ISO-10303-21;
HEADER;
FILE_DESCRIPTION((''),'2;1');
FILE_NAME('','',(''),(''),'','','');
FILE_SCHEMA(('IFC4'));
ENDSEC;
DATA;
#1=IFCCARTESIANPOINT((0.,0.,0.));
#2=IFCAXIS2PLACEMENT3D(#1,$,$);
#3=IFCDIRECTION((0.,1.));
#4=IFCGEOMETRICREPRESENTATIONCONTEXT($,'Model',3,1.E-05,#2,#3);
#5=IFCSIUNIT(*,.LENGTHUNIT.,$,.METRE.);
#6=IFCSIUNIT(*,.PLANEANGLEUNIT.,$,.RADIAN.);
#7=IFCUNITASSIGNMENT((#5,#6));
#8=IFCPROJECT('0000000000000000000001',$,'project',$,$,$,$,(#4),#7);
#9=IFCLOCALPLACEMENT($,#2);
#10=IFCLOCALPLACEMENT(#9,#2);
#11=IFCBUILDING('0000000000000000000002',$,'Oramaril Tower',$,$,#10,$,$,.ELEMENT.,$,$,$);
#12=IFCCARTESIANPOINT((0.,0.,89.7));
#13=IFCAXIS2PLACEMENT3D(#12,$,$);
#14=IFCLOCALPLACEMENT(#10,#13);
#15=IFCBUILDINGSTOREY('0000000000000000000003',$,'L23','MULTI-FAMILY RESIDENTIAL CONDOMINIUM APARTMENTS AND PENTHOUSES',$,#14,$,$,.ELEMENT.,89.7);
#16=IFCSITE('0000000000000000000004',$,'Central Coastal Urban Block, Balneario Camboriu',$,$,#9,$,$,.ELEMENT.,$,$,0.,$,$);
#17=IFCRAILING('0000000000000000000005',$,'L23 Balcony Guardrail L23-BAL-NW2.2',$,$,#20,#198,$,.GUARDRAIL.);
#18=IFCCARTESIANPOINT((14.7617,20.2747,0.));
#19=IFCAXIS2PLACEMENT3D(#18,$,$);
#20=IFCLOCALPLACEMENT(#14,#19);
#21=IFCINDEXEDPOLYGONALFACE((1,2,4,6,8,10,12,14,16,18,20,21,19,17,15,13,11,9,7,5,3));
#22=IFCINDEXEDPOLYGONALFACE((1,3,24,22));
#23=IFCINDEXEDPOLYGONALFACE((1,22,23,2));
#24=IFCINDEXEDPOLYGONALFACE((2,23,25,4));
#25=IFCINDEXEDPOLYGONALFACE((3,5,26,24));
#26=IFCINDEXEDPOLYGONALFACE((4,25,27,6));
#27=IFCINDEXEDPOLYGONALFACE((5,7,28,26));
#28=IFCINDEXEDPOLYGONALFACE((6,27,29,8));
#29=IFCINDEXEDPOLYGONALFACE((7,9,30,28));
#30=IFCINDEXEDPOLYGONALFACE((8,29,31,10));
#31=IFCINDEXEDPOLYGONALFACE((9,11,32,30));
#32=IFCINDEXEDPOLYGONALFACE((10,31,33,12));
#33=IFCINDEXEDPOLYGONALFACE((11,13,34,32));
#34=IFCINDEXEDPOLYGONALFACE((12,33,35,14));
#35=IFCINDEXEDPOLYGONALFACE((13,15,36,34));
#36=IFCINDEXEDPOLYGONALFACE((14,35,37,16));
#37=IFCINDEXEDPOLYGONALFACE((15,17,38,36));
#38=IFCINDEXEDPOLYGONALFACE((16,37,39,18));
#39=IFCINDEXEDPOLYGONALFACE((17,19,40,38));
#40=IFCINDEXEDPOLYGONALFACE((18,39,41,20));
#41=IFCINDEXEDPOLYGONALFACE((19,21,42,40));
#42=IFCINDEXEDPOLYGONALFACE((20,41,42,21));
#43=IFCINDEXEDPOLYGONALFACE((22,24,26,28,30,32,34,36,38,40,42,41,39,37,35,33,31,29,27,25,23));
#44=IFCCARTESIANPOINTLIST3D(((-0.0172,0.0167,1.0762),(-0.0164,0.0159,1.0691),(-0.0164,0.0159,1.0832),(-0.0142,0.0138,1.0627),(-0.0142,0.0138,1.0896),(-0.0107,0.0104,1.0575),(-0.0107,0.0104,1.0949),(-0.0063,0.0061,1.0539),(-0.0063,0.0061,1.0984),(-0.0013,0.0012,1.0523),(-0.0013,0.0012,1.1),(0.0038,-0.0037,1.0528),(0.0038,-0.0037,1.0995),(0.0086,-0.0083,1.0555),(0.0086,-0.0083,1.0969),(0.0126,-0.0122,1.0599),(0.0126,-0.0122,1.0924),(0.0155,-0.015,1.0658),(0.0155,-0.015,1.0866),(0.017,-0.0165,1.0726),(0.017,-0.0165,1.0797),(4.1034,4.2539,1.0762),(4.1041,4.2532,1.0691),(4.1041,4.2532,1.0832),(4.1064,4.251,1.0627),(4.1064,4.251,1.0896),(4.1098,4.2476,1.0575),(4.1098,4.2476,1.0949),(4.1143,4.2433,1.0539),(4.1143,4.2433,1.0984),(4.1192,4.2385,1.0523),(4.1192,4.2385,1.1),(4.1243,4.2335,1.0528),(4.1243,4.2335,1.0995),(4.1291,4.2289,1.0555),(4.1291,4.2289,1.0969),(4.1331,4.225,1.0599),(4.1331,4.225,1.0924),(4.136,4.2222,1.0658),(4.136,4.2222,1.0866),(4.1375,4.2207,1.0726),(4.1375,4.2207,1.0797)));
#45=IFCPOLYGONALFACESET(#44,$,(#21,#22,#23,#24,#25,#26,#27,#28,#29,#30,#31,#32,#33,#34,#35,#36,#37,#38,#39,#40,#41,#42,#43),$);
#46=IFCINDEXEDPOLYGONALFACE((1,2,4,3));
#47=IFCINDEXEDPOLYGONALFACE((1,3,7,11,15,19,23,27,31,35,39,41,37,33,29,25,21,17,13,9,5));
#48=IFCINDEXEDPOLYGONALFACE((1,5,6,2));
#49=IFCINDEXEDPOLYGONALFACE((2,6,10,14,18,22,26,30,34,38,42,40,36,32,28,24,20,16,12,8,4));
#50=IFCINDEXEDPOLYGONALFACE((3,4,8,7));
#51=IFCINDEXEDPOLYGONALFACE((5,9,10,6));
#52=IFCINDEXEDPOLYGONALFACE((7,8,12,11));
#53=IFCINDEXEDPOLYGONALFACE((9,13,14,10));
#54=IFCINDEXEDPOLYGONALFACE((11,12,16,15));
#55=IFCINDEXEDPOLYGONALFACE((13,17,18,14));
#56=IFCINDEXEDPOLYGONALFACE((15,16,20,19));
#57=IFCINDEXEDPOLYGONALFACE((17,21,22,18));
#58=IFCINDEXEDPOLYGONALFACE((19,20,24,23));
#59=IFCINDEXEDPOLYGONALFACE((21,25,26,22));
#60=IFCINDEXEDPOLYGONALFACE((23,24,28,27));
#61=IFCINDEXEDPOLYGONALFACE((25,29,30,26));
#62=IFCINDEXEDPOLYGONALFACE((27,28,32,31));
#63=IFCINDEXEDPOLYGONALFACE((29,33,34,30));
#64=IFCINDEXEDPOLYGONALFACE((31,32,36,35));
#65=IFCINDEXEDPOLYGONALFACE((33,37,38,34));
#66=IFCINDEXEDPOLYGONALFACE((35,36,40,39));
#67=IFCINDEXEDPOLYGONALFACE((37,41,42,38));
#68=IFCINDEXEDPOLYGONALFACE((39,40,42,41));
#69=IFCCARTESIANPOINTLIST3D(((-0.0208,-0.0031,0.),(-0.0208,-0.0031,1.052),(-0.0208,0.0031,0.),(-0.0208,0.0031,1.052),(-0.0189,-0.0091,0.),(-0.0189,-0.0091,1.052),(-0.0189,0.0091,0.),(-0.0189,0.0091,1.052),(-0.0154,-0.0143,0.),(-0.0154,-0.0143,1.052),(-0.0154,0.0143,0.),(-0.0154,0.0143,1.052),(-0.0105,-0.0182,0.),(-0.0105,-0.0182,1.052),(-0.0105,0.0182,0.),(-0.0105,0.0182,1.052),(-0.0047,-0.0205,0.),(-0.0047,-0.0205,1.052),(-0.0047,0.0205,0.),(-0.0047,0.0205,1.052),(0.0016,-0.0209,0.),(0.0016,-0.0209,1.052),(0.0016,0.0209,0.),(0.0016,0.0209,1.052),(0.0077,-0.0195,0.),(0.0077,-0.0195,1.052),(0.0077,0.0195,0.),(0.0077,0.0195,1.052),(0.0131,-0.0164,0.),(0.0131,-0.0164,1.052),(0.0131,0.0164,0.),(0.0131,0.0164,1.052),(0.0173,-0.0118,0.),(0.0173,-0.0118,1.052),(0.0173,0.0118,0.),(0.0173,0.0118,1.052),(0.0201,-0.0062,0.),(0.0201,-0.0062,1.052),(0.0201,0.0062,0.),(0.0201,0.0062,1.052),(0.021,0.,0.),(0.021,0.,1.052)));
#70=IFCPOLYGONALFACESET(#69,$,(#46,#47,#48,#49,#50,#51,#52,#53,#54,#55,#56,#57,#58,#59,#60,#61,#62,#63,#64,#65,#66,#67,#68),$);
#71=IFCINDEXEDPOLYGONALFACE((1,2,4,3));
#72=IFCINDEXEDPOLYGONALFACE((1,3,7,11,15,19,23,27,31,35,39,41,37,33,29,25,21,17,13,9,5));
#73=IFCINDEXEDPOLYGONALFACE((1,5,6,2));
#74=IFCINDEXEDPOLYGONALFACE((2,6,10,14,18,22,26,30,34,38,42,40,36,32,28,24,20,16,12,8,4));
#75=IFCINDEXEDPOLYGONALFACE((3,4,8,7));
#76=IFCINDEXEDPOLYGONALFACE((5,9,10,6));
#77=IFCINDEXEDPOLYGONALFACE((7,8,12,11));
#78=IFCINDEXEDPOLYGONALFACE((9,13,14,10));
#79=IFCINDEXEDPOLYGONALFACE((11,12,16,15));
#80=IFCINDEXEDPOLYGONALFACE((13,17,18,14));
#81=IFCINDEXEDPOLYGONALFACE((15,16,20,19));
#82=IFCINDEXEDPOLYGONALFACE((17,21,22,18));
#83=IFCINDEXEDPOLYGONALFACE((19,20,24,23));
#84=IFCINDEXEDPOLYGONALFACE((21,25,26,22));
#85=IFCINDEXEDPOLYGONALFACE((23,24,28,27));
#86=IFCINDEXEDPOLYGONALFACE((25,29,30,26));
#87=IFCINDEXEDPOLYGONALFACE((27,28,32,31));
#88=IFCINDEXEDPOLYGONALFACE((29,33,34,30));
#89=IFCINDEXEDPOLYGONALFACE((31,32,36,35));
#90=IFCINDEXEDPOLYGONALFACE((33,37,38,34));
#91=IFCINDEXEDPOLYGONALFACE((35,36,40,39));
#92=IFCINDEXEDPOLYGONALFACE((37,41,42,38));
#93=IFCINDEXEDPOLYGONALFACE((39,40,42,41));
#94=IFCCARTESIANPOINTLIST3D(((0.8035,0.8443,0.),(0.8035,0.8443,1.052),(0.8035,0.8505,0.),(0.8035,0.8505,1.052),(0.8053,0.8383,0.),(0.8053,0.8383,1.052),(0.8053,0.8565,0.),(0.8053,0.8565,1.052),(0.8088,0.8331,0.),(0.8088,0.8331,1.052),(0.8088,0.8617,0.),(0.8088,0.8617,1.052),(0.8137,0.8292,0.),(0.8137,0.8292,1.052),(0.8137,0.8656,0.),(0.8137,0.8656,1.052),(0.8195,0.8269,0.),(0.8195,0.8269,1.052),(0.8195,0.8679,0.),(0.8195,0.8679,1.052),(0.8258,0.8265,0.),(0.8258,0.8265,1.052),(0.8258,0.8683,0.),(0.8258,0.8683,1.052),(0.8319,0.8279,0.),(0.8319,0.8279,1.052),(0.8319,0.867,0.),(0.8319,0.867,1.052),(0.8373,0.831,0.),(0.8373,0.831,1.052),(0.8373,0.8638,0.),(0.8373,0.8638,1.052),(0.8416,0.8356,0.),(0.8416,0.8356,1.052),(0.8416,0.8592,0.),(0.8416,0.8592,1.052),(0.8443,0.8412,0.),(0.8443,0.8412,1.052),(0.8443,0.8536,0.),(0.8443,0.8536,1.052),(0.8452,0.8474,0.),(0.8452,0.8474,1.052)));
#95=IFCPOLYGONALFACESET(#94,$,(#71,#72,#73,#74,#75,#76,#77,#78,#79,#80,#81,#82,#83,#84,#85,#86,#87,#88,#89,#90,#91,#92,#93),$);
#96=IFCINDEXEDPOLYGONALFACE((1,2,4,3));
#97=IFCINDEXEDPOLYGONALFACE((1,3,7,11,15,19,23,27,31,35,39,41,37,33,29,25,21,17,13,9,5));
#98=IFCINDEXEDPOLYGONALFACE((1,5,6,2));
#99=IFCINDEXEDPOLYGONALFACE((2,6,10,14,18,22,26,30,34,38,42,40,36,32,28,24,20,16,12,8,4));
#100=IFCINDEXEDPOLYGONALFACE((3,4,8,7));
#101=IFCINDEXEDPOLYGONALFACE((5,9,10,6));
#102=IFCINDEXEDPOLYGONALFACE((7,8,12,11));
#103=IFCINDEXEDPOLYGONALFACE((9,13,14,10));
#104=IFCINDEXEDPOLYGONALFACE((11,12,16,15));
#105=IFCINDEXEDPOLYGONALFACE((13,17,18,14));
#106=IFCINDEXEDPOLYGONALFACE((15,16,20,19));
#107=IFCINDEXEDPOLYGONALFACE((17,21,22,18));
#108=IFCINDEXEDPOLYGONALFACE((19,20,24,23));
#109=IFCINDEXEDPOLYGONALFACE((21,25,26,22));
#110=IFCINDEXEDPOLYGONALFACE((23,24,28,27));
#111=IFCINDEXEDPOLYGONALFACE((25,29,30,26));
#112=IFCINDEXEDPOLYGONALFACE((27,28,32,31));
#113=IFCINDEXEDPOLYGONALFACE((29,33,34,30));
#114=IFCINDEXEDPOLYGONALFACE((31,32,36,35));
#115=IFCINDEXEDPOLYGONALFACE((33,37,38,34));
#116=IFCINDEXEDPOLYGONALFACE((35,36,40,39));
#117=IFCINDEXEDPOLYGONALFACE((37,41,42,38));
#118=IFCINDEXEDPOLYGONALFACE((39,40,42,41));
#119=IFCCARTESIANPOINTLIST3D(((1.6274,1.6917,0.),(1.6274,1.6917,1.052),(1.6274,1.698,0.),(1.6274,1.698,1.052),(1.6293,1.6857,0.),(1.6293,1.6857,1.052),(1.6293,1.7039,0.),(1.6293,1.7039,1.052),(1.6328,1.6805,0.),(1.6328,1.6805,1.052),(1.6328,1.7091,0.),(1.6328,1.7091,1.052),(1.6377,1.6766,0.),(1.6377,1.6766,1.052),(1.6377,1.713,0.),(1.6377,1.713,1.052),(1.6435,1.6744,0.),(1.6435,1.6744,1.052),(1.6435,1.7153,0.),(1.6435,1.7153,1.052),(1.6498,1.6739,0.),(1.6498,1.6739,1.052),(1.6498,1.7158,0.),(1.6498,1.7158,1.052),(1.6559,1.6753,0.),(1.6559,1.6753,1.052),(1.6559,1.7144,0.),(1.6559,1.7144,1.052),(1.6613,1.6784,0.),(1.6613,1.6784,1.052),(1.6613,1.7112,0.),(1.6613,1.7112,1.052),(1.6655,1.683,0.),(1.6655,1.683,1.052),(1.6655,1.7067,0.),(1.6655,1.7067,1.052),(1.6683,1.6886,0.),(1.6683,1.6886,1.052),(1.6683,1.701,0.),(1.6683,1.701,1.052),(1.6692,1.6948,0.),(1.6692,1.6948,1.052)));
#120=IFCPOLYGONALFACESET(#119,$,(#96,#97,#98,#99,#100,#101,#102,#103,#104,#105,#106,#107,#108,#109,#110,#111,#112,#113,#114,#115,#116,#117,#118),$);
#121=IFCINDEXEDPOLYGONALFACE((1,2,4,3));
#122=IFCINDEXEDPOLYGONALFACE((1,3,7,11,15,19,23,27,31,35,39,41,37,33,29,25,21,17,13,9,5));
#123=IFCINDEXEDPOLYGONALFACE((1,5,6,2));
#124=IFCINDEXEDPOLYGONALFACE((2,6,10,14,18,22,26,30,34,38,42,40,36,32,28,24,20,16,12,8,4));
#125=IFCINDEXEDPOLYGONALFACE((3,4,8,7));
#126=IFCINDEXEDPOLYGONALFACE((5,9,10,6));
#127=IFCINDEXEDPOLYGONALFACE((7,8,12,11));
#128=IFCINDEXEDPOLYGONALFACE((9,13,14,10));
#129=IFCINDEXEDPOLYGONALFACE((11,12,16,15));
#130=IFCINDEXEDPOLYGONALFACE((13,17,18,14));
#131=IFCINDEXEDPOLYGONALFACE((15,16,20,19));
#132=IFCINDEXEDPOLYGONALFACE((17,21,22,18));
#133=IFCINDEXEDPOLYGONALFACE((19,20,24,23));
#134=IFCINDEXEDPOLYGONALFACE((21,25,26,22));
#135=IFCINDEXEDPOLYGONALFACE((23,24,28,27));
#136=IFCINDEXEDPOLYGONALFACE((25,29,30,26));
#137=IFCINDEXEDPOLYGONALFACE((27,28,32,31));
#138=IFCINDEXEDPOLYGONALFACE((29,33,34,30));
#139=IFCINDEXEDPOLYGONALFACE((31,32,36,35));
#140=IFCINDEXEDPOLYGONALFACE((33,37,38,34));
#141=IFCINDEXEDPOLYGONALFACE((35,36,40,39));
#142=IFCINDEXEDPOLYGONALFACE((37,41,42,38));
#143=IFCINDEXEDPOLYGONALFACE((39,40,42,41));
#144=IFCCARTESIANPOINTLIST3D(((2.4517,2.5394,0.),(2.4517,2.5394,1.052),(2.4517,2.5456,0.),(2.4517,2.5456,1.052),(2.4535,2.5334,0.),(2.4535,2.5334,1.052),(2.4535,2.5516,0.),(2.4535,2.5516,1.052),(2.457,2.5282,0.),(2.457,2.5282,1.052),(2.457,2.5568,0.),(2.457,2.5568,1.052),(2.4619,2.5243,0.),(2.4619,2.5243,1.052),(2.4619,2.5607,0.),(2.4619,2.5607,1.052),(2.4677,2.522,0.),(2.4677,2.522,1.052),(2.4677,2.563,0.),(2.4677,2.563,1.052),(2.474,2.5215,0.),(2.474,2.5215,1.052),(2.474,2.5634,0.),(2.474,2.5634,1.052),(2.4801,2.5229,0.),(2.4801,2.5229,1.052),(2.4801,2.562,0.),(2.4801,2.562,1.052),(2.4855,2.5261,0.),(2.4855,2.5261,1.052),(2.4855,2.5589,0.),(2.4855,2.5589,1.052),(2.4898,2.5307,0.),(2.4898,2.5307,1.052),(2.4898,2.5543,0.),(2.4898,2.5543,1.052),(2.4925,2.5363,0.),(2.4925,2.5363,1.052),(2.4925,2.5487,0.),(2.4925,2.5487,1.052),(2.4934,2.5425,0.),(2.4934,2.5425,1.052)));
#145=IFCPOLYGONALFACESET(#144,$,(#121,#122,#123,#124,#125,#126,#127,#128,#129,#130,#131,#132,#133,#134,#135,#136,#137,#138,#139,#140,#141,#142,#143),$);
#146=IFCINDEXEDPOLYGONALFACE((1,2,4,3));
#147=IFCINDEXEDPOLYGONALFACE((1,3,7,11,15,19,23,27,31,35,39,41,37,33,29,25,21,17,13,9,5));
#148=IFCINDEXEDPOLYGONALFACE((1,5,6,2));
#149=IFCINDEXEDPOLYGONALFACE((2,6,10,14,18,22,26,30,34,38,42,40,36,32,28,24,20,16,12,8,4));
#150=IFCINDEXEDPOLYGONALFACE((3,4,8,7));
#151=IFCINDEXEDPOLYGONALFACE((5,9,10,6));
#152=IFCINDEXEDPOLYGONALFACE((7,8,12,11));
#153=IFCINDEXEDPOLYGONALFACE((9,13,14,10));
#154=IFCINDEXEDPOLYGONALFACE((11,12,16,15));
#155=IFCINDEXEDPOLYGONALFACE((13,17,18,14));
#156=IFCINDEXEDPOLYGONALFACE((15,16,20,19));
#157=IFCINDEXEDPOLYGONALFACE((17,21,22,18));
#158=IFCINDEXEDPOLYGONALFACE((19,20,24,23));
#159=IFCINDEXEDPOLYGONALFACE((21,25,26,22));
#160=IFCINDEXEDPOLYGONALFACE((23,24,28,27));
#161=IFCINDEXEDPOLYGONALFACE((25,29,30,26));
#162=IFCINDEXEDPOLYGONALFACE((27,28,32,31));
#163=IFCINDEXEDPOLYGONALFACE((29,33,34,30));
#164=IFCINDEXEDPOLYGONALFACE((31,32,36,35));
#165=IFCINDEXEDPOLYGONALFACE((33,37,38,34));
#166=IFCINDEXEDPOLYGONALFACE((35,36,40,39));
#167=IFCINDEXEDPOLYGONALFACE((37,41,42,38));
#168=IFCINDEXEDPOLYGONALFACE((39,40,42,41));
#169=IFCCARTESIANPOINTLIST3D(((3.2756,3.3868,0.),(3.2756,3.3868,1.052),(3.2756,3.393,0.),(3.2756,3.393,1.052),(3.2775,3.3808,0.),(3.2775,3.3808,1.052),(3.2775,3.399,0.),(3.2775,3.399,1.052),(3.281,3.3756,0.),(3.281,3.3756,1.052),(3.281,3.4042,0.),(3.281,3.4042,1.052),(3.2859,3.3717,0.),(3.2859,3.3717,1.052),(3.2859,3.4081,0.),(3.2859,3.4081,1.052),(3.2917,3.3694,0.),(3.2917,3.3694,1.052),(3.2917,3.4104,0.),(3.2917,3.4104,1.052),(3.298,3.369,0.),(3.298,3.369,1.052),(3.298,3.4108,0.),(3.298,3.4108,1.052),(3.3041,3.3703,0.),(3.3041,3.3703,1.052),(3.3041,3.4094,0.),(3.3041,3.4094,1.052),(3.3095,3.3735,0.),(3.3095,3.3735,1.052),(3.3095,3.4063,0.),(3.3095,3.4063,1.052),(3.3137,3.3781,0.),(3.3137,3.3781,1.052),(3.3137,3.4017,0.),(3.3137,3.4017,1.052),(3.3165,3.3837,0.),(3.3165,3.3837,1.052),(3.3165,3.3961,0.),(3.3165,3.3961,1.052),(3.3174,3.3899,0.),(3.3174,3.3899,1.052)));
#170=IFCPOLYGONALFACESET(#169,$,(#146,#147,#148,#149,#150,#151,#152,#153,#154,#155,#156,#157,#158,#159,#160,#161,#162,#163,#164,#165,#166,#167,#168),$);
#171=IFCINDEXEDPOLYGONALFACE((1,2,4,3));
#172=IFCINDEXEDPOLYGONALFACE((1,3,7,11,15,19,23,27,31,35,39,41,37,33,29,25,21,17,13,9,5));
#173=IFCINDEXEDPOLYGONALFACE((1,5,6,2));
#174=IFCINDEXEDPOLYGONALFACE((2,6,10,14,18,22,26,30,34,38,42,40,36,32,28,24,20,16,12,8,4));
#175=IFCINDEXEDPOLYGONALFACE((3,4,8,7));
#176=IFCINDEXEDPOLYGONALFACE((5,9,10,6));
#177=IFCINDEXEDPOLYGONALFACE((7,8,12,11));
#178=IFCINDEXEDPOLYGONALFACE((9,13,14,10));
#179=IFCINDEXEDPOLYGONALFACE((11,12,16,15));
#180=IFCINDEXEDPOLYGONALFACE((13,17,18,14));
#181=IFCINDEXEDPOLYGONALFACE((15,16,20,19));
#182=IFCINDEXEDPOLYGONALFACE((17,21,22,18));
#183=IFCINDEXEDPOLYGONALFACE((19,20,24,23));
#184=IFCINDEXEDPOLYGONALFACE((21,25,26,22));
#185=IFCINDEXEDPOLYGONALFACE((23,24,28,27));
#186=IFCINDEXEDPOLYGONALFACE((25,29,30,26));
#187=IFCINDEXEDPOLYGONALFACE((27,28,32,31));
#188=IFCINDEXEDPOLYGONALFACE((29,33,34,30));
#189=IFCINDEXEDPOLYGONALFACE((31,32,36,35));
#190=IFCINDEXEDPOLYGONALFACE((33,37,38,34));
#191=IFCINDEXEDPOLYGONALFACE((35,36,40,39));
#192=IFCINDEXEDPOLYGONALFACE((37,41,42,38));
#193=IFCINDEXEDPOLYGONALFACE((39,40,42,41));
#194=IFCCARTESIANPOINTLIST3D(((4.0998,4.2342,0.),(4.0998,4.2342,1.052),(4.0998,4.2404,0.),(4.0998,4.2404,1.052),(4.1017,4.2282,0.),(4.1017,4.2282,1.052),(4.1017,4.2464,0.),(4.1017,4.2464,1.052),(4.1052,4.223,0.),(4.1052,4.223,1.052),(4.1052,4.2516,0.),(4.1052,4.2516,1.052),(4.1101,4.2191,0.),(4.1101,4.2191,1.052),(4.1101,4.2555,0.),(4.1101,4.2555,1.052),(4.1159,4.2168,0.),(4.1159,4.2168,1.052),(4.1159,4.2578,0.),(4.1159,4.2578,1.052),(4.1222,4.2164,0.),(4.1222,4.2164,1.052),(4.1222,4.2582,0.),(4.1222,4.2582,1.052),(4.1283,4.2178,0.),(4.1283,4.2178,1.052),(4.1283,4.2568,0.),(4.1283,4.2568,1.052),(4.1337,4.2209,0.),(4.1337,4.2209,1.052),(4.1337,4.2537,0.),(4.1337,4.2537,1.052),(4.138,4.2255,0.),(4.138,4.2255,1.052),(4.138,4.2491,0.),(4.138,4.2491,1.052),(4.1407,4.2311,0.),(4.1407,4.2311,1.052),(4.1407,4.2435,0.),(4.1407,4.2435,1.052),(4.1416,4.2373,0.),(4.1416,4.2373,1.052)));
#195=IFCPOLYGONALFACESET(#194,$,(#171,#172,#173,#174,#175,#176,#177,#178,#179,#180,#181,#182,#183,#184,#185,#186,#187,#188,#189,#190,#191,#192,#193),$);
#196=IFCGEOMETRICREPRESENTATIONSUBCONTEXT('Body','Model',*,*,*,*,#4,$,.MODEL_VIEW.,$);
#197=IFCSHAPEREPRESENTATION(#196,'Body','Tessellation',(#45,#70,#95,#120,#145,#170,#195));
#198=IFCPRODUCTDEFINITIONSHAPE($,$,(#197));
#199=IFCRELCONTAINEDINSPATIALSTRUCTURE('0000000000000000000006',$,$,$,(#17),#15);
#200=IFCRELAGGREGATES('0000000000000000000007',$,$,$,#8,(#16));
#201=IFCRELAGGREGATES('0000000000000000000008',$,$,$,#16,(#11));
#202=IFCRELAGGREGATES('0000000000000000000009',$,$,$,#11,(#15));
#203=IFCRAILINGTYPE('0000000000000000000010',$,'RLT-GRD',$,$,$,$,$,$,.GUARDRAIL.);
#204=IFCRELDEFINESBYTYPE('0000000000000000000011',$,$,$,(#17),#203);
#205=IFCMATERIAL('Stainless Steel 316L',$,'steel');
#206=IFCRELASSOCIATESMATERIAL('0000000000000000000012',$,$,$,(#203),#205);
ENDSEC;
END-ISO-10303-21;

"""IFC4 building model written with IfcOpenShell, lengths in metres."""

from ifc_helpers import new_model, si_unit, direction, frame, origin, origin_2d, place, context, subcontext, project, spatial, circle, extrude, material, type_object, element, save


model = new_model("IFC4")

# Units and contexts
model_context = context("Model", 3, precision=1e-05, world=origin(), true_north=direction((0.0, 1.0)))
body_context = subcontext(model_context, "Body", "Model", "MODEL_VIEW")
ifc_project = project(units=[si_unit("LENGTHUNIT", "METRE"), si_unit("PLANEANGLEUNIT", "RADIAN")], contexts=[model_context])

# Site, building, storey
site_placement = place(None, origin())
site = spatial("IfcSite", under=ifc_project, at=site_placement, Name="Central Coastal Urban Block, Balneario Camboriu", CompositionType="ELEMENT", RefElevation=0.0)
building_placement = place(site_placement, origin())
building = spatial("IfcBuilding", under=site, at=building_placement, Name="Oramaril Tower", CompositionType="ELEMENT")
storey_placement = place(building_placement, frame((0.0, 0.0, 89.7)))
storey = spatial("IfcBuildingStorey", under=building, at=storey_placement, Name="L23", Description="MULTI-FAMILY RESIDENTIAL CONDOMINIUM APARTMENTS AND PENTHOUSES", CompositionType="ELEMENT", Elevation=89.7)

# Railing
ifc_material_1 = material(Name="Stainless Steel 316L", Category="steel")
railing_type = type_object("IfcRailingType", Name="RLT-GRD", PredefinedType="GUARDRAIL", material=ifc_material_1)
railing_1_placement = place(storey_placement, frame((14.7617, 20.2747, 0.0)))
element("IfcRailing", 1, at=railing_1_placement, inside=storey, type_object=railing_type, Name="L23 Balcony Guardrail L23-BAL-NW2.2", PredefinedType="GUARDRAIL", context=body_context, shape_type="SweptSolid", body=[
    extrude(circle(Radius=0.0239, at=origin_2d()), frame((0.0, 0.0, 1.0762), z_axis=(0.697166, 0.71691, 0.0), x_axis=(-0.71691, 0.697166, 0.0)), (0.0, 0.0, 1.0), 5.9104),
    extrude(circle(Radius=0.021, at=origin_2d()), origin(), (0.0, 0.0, 1.0), 1.052),
    extrude(circle(Radius=0.021, at=origin_2d()), frame((0.8242, 0.8474, 0.0)), (0.0, 0.0, 1.0), 1.052),
    extrude(circle(Radius=0.021, at=origin_2d()), frame((1.6482, 1.6948, 0.0)), (0.0, 0.0, 1.0), 1.052),
    extrude(circle(Radius=0.021, at=origin_2d()), frame((2.4724, 2.5425, 0.0)), (0.0, 0.0, 1.0), 1.052),
    extrude(circle(Radius=0.021, at=origin_2d()), frame((3.2964, 3.3899, 0.0)), (0.0, 0.0, 1.0), 1.052),
    extrude(circle(Radius=0.021, at=origin_2d()), frame((4.1206, 4.2373, 0.0)), (0.0, 0.0, 1.0), 1.052),
])

save(model, "model.ifc")
